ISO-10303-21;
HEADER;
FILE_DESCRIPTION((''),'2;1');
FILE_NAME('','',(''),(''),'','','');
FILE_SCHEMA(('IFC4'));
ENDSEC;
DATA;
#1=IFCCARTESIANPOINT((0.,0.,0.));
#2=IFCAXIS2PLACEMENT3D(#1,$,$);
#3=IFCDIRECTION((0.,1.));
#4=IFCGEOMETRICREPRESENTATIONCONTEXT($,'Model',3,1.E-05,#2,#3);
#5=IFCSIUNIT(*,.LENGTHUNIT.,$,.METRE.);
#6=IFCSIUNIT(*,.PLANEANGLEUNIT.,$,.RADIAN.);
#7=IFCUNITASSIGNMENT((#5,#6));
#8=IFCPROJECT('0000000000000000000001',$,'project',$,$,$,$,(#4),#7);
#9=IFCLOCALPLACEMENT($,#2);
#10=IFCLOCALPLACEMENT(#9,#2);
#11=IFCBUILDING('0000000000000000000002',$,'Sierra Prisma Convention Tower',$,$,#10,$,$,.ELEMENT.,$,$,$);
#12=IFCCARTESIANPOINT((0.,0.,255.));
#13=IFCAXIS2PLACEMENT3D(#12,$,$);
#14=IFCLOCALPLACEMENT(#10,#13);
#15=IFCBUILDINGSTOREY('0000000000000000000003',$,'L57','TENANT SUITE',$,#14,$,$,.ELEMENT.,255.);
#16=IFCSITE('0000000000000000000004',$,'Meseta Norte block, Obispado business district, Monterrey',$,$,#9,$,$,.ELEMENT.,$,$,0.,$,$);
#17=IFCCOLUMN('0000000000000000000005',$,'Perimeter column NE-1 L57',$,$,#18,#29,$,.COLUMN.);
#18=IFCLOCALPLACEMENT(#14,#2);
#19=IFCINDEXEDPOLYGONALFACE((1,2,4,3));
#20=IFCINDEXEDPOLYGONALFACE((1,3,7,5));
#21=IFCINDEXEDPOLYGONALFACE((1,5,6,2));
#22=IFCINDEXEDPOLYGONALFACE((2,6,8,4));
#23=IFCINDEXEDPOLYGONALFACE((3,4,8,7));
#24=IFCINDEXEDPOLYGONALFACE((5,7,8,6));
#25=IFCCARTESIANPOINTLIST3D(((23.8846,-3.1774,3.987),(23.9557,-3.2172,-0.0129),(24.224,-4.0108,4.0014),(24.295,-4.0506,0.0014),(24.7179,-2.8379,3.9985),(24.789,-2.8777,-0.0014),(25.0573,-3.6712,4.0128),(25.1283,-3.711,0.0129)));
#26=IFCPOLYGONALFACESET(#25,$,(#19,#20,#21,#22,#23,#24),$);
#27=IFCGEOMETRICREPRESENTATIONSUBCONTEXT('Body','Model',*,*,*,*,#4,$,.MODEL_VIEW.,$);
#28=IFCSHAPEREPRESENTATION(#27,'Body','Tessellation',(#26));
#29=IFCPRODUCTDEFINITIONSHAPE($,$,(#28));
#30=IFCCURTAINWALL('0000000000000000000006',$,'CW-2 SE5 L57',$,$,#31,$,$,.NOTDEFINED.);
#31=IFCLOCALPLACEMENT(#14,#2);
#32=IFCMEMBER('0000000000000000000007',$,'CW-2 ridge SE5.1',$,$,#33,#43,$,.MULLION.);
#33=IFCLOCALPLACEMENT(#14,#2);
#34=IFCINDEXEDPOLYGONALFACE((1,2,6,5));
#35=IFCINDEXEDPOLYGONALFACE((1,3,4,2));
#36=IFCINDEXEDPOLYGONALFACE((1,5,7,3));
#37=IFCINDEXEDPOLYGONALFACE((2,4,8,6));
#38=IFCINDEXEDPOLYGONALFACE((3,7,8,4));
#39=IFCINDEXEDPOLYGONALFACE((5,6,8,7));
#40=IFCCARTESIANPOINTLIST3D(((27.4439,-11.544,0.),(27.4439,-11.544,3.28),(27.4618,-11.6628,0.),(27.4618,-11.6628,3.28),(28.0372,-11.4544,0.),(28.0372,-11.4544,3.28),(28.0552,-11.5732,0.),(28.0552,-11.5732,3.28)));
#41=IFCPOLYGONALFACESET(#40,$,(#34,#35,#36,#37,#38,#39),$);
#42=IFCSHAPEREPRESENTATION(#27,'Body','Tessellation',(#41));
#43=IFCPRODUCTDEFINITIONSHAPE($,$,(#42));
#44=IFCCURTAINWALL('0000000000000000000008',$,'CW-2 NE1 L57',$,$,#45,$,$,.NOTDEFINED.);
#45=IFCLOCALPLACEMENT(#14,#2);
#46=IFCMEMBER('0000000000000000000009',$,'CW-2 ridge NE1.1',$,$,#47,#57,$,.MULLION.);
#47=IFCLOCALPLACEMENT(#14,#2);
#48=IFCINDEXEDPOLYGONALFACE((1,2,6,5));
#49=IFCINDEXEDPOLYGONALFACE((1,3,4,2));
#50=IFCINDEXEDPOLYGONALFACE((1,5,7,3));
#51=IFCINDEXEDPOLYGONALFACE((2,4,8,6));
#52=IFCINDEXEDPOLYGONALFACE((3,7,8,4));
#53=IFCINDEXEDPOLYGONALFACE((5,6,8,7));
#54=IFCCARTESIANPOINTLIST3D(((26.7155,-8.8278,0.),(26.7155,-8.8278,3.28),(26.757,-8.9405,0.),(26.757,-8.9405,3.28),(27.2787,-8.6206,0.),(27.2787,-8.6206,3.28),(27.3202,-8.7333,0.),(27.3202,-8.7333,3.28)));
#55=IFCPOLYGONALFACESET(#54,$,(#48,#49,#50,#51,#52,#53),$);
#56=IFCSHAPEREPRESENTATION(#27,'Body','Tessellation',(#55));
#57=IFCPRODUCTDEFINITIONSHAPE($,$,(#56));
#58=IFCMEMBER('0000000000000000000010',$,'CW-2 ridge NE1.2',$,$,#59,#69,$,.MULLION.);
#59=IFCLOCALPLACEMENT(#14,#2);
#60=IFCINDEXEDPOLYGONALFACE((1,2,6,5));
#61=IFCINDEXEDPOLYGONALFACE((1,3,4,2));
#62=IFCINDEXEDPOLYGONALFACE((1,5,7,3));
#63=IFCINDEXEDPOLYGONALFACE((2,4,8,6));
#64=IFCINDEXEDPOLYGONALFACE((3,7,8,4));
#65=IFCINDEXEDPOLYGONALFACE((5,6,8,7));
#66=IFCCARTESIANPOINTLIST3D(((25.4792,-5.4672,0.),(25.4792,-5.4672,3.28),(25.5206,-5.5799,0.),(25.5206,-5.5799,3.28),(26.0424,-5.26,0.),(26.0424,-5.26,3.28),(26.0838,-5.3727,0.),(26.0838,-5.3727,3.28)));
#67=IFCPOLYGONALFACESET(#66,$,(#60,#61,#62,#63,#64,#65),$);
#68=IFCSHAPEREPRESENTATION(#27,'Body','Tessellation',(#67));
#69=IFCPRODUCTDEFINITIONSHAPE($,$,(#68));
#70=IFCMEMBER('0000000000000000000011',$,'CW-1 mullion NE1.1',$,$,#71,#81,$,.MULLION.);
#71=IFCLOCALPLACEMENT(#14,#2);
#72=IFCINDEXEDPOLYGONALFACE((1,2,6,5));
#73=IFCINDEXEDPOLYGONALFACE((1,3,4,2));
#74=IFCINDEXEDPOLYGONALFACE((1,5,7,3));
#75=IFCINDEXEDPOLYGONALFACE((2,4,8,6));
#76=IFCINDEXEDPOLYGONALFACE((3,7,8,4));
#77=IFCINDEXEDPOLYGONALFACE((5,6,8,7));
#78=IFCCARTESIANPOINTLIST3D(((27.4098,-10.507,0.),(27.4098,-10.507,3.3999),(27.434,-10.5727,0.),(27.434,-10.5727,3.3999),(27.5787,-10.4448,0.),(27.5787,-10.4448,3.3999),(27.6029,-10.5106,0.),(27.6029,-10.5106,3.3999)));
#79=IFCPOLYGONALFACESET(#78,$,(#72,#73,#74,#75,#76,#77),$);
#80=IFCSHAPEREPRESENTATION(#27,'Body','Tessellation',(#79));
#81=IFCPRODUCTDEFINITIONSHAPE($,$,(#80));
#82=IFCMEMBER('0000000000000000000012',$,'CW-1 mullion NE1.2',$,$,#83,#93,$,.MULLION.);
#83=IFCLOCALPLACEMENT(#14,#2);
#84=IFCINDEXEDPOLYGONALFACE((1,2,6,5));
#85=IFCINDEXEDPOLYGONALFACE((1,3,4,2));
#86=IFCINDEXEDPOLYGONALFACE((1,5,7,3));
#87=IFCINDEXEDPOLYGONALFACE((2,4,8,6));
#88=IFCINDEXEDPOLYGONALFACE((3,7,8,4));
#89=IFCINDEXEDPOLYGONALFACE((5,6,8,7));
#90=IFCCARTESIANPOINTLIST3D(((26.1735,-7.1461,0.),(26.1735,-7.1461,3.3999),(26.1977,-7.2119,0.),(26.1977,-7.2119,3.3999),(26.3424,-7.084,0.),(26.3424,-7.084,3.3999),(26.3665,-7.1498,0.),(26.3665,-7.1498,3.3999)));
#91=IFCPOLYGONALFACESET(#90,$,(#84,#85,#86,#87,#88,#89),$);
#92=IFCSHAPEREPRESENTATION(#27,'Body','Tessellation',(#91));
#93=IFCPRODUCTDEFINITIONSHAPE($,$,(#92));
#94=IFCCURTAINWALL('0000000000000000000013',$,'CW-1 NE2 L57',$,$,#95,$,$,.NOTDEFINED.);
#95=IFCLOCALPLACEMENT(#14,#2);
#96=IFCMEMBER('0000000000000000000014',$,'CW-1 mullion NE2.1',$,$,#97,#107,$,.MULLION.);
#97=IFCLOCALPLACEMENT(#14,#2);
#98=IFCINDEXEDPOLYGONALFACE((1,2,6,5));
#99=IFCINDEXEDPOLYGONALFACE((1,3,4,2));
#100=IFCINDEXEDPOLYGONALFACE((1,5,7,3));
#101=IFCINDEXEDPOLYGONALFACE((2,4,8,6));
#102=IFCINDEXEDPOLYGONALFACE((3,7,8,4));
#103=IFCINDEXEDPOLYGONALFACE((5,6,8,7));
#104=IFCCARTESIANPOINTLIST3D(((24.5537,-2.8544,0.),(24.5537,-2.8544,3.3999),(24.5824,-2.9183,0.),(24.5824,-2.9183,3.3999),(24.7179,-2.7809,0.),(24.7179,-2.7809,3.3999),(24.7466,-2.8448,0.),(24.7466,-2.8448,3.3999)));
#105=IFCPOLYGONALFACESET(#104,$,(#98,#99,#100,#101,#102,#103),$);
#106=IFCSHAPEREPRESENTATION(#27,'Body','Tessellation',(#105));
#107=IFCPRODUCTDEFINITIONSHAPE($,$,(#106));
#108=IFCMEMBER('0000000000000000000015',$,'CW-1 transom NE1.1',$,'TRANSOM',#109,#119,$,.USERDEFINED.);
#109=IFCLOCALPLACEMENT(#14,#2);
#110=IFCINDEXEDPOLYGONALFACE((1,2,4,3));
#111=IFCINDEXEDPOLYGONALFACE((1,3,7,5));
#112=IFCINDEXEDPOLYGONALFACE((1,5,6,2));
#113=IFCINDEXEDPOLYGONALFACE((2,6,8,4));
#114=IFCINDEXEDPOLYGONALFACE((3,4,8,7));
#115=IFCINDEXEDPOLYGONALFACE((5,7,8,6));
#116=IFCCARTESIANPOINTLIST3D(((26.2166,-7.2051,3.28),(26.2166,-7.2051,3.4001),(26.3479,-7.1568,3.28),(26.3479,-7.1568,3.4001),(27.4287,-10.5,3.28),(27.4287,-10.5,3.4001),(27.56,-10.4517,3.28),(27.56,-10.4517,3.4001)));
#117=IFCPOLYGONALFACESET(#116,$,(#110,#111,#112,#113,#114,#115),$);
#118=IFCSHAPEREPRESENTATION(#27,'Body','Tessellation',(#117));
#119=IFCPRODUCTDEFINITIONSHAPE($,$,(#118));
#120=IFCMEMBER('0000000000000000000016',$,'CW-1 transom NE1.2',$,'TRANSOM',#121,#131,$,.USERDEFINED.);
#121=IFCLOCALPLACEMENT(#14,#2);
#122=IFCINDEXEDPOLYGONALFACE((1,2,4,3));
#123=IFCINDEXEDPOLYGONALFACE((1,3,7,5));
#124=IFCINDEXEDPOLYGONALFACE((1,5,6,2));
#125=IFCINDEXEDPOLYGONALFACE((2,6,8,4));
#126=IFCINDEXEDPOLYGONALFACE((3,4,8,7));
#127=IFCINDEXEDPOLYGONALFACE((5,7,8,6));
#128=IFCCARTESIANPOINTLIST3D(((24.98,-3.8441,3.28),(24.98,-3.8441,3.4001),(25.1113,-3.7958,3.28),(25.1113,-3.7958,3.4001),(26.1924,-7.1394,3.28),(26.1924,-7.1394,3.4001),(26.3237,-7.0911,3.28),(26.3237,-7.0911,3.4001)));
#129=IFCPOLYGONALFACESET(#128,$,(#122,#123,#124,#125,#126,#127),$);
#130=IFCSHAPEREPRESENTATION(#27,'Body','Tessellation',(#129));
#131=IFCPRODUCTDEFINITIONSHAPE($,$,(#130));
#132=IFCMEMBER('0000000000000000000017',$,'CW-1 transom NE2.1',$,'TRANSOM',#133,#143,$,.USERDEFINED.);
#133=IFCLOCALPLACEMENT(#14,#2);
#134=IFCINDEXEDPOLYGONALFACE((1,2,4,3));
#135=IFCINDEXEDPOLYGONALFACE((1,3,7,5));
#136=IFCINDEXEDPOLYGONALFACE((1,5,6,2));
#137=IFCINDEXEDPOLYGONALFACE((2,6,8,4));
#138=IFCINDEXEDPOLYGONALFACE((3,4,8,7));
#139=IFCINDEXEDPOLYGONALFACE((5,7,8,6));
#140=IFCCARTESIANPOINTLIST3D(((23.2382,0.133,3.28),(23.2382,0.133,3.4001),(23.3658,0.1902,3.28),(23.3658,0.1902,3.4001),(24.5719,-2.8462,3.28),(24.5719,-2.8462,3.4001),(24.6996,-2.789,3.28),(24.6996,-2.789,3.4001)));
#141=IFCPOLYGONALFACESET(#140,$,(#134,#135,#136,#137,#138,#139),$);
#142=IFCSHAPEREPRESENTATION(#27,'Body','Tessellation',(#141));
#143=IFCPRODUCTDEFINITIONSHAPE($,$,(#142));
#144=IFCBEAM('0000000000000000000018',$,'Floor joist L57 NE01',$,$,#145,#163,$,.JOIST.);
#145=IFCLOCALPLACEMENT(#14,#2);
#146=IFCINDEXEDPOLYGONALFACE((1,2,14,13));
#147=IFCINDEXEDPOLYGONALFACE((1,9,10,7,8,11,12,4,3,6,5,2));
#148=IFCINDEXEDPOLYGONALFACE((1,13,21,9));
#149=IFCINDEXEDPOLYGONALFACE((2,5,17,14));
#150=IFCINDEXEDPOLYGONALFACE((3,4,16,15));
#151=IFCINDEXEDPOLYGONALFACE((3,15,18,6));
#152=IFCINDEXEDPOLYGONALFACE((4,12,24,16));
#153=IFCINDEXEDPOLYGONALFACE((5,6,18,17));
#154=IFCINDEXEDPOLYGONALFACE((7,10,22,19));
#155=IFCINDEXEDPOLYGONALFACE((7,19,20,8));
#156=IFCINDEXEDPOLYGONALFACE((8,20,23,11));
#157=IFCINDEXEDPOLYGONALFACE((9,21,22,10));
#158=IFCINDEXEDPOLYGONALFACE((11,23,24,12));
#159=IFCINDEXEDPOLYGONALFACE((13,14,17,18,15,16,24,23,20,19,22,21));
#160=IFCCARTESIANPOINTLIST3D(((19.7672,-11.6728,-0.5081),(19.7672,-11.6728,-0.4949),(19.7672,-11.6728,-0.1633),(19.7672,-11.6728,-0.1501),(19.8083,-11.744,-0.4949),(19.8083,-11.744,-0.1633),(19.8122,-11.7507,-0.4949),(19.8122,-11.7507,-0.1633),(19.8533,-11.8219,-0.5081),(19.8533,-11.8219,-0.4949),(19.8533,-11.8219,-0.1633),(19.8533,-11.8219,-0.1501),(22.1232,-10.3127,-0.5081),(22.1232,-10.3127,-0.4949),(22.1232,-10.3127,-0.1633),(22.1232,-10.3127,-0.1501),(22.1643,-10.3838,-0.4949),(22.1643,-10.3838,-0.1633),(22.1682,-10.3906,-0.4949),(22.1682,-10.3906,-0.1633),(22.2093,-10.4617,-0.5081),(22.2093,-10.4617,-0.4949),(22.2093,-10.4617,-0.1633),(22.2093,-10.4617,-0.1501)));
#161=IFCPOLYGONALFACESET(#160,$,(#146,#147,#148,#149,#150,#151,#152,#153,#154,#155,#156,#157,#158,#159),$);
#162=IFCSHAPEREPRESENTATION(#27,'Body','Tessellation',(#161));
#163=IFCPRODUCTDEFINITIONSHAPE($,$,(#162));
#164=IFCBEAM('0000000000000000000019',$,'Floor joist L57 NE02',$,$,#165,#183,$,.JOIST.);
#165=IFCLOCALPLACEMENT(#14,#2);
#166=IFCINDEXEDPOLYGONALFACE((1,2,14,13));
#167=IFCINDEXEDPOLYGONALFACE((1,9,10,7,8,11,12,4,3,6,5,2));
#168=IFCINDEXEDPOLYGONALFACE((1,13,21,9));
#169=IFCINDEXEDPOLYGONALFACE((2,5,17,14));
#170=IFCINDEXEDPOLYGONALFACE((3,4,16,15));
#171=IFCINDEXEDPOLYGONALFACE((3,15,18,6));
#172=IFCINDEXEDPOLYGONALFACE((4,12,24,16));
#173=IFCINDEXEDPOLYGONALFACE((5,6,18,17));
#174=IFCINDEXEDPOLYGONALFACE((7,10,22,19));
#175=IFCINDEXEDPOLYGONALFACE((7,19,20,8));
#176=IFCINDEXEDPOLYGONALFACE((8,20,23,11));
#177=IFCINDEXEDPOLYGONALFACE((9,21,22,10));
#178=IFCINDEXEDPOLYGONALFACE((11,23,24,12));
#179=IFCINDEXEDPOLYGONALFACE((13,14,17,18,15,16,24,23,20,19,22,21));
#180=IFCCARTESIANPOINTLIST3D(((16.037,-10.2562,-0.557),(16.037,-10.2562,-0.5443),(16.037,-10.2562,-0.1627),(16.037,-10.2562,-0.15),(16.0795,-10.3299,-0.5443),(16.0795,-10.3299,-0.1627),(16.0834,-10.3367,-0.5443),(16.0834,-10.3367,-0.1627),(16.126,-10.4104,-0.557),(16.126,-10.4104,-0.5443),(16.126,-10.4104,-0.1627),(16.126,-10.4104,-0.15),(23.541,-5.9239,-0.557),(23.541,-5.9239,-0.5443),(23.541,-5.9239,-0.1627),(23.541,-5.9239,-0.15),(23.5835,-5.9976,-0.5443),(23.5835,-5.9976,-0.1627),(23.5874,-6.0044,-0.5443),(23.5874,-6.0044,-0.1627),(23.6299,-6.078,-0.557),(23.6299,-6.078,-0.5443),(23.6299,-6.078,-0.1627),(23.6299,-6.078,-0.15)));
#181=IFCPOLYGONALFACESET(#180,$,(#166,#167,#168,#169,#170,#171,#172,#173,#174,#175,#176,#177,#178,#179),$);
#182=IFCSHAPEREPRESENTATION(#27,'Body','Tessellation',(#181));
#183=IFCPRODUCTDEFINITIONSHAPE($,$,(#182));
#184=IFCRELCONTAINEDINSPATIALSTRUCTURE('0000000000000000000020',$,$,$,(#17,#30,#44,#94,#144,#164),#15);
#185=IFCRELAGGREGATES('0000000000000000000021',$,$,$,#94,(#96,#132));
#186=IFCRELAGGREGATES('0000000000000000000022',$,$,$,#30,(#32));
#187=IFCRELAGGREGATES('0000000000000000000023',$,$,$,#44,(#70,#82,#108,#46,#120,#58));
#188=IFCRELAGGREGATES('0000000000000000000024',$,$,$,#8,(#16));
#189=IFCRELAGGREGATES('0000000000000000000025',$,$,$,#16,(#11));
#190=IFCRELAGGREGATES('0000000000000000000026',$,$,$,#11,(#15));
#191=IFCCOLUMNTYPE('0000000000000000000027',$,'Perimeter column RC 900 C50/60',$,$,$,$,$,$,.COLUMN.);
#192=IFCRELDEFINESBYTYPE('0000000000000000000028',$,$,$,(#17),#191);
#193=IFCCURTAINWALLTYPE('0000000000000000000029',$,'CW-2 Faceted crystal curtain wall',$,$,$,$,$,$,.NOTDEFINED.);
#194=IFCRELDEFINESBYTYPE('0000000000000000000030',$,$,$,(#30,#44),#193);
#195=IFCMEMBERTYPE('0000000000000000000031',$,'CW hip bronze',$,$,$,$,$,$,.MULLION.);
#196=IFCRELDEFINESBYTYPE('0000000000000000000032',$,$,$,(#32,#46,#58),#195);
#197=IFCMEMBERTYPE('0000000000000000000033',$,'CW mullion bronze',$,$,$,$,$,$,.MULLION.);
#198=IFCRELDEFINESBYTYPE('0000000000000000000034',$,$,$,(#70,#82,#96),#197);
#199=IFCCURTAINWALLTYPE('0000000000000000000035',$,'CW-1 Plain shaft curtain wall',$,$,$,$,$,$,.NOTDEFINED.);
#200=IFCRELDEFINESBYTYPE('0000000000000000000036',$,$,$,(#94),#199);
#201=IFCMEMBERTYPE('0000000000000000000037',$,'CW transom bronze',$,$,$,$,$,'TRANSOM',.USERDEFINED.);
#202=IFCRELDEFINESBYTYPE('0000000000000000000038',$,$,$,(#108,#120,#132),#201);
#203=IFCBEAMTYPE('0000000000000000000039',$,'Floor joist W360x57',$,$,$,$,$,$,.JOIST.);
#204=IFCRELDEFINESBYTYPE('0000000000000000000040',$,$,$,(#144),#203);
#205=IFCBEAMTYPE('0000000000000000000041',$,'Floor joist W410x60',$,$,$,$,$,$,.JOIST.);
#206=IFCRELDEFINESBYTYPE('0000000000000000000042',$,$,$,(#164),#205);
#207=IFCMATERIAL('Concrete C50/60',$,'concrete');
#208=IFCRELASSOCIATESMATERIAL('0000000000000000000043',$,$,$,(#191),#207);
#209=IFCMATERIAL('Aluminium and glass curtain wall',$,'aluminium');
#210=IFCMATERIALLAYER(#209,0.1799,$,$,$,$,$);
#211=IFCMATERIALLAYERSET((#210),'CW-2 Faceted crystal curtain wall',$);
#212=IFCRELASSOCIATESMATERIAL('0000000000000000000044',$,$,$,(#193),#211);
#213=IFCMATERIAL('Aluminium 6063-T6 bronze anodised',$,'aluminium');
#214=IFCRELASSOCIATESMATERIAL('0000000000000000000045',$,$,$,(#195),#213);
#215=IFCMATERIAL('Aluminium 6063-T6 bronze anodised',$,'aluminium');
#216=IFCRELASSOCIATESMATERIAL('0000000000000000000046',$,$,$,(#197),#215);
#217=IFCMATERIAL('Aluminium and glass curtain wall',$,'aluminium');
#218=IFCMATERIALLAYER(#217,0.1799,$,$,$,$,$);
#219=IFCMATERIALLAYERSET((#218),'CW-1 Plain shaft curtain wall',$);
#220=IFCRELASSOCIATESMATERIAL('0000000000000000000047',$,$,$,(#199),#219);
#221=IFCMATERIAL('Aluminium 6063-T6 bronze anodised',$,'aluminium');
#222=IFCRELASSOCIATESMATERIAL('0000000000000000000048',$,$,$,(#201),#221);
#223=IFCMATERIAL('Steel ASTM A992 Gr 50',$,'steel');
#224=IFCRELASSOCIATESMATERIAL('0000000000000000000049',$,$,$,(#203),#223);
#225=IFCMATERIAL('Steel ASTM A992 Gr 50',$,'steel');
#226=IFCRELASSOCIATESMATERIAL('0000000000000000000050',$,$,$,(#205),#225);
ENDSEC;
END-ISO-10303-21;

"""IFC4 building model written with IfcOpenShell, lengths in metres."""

from ifc_helpers import new_model, si_unit, direction, frame, origin, origin_2d, place, context, subcontext, project, spatial, rectangle, i_section, extrude, material, layer, layer_set, material_profile, profile_set, type_object, element, aggregate, save


model = new_model("IFC4")

# Units and contexts
model_context = context("Model", 3, precision=1e-05, world=origin(), true_north=direction((0.0, 1.0)))
body_context = subcontext(model_context, "Body", "Model", "MODEL_VIEW")
ifc_project = project(units=[si_unit("LENGTHUNIT", "METRE"), si_unit("PLANEANGLEUNIT", "RADIAN")], contexts=[model_context])

# Site, building, storey
site_placement = place(None, origin())
site = spatial("IfcSite", under=ifc_project, at=site_placement, Name="Meseta Norte block, Obispado business district, Monterrey", CompositionType="ELEMENT", RefElevation=0.0)
building_placement = place(site_placement, origin())
building = spatial("IfcBuilding", under=site, at=building_placement, Name="Sierra Prisma Convention Tower", CompositionType="ELEMENT")
storey_placement = place(building_placement, frame((0.0, 0.0, 255.0)))
storey = spatial("IfcBuildingStorey", under=building, at=storey_placement, Name="L57", Description="TENANT SUITE", CompositionType="ELEMENT", Elevation=255.0)

# Column
ifc_material_1 = material(Name="Concrete C50/60", Category="concrete")
ifc_material_profile_1 = material_profile(ifc_material_1, rectangle(XDim=0.8999, YDim=0.8999, at=origin_2d()), Name="Perimeter column RC 900 C50/60")
ifc_profile_set_1 = profile_set([ifc_material_profile_1], Name="Concrete C50/60")
column_type = type_object("IfcColumnType", Name="Perimeter column RC 900 C50/60", PredefinedType="COLUMN", material=ifc_profile_set_1)
column_placement = place(storey_placement, frame((24.542, -3.4641, 0.0), z_axis=(-0.017758, 0.009947, 0.999793), x_axis=(-0.377115, 0.92603, -0.015911)))
element("IfcColumn", 1, at=column_placement, inside=storey, type_object=column_type, Name="Perimeter column NE-1 L57", PredefinedType="COLUMN", context=body_context, shape_type="SweptSolid", body=[
    extrude(rectangle(XDim=0.8999, YDim=0.8999, at=origin_2d()), origin(), (0.0, 0.0, 1.0), 4.0007),
])

# Curtain wall, member
ifc_material_2 = material(Name="Aluminium and glass curtain wall", Category="aluminium")
ifc_layer_1 = layer(ifc_material_2, 0.1799)
ifc_layer_set_1 = layer_set([ifc_layer_1], Name="CW-2 Faceted crystal curtain wall")
curtain_wall_type_1 = type_object("IfcCurtainWallType", Name="CW-2 Faceted crystal curtain wall", PredefinedType="NOTDEFINED", material=ifc_layer_set_1)
curtain_wall_1_placement = place(storey_placement, origin())
curtain_wall_1 = element("IfcCurtainWall", 2, at=curtain_wall_1_placement, inside=storey, type_object=curtain_wall_type_1, Name="CW-2 SE5 L57", PredefinedType="NOTDEFINED")
ifc_material_3 = material(Name="Aluminium 6063-T6 bronze anodised", Category="aluminium")
ifc_material_profile_2 = material_profile(ifc_material_3, rectangle(XDim=0.1201, YDim=0.6001, at=origin_2d()), Name="ALU RIDGE BLADE 120x600")
ifc_profile_set_2 = profile_set([ifc_material_profile_2], Name="Aluminium 6063-T6 bronze anodised")
member_type_1 = type_object("IfcMemberType", Name="CW hip bronze", PredefinedType="MULLION", material=ifc_profile_set_2)
member_1_placement = place(storey_placement, frame((27.7495, -11.5586, 0.0), z_axis=(0.0, 0.0, 1.0), x_axis=(-0.149373, 0.988781, 0.0)))
member_1 = element("IfcMember", 3, at=member_1_placement, type_object=member_type_1, Name="CW-2 ridge SE5.1", PredefinedType="MULLION", context=body_context, shape_type="SweptSolid", body=[
    extrude(rectangle(XDim=0.1201, YDim=0.6001, at=origin_2d()), origin(), (0.0, 0.0, 1.0), 3.28),
])

# Curtain wall, members
curtain_wall_2_placement = place(storey_placement, origin())
curtain_wall_2 = element("IfcCurtainWall", 4, at=curtain_wall_2_placement, inside=storey, type_object=curtain_wall_type_1, Name="CW-2 NE1 L57", PredefinedType="NOTDEFINED")
member_2_placement = place(storey_placement, frame((27.0178, -8.7805, 0.0), z_axis=(0.0, 0.0, 1.0), x_axis=(-0.345274, 0.938502, 0.0)))
member_2 = element("IfcMember", 5, at=member_2_placement, type_object=member_type_1, Name="CW-2 ridge NE1.1", PredefinedType="MULLION", context=body_context, shape_type="SweptSolid", body=[
    extrude(rectangle(XDim=0.1201, YDim=0.6001, at=origin_2d()), origin(), (0.0, 0.0, 1.0), 3.28),
])
member_3_placement = place(storey_placement, frame((25.7815, -5.4199, 0.0), z_axis=(0.0, 0.0, 1.0), x_axis=(-0.345274, 0.938502, 0.0)))
member_3 = element("IfcMember", 6, at=member_3_placement, type_object=member_type_1, Name="CW-2 ridge NE1.2", PredefinedType="MULLION", context=body_context, shape_type="SweptSolid", body=[
    extrude(rectangle(XDim=0.1201, YDim=0.6001, at=origin_2d()), origin(), (0.0, 0.0, 1.0), 3.28),
])
ifc_material_4 = material(Name="Aluminium 6063-T6 bronze anodised", Category="aluminium")
ifc_material_profile_3 = material_profile(ifc_material_4, rectangle(XDim=0.1799, YDim=0.0701, at=origin_2d()), Name="ALU MULLION 70x180")
ifc_profile_set_3 = profile_set([ifc_material_profile_3], Name="Aluminium 6063-T6 bronze anodised")
member_type_2 = type_object("IfcMemberType", Name="CW mullion bronze", PredefinedType="MULLION", material=ifc_profile_set_3)
member_4_placement = place(storey_placement, frame((27.5063, -10.5088, 0.0), z_axis=(0.0, 0.0, 1.0), x_axis=(-0.938502, -0.345274, 0.0)))
member_4 = element("IfcMember", 7, at=member_4_placement, type_object=member_type_2, Name="CW-1 mullion NE1.1", PredefinedType="MULLION", context=body_context, shape_type="SweptSolid", body=[
    extrude(rectangle(XDim=0.1799, YDim=0.0701, at=origin_2d()), origin(), (0.0, 0.0, 1.0), 3.3999),
])
member_5_placement = place(storey_placement, frame((26.27, -7.1479, 0.0), z_axis=(0.0, 0.0, 1.0), x_axis=(-0.938502, -0.345274, 0.0)))
member_5 = element("IfcMember", 8, at=member_5_placement, type_object=member_type_2, Name="CW-1 mullion NE1.2", PredefinedType="MULLION", context=body_context, shape_type="SweptSolid", body=[
    extrude(rectangle(XDim=0.1799, YDim=0.0701, at=origin_2d()), origin(), (0.0, 0.0, 1.0), 3.3999),
])

# Curtain wall, member
ifc_material_5 = material(Name="Aluminium and glass curtain wall", Category="aluminium")
ifc_layer_2 = layer(ifc_material_5, 0.1799)
ifc_layer_set_2 = layer_set([ifc_layer_2], Name="CW-1 Plain shaft curtain wall")
curtain_wall_type_2 = type_object("IfcCurtainWallType", Name="CW-1 Plain shaft curtain wall", PredefinedType="NOTDEFINED", material=ifc_layer_set_2)
curtain_wall_3_placement = place(storey_placement, origin())
curtain_wall_3 = element("IfcCurtainWall", 9, at=curtain_wall_3_placement, inside=storey, type_object=curtain_wall_type_2, Name="CW-1 NE2 L57", PredefinedType="NOTDEFINED")
member_6_placement = place(storey_placement, frame((24.6501, -2.8496, 0.0), z_axis=(0.0, 0.0, 1.0), x_axis=(-0.912698, -0.408635, 0.0)))
member_6 = element("IfcMember", 10, at=member_6_placement, type_object=member_type_2, Name="CW-1 mullion NE2.1", PredefinedType="MULLION", context=body_context, shape_type="SweptSolid", body=[
    extrude(rectangle(XDim=0.1799, YDim=0.0701, at=origin_2d()), origin(), (0.0, 0.0, 1.0), 3.3999),
])

# Members
ifc_material_6 = material(Name="Aluminium 6063-T6 bronze anodised", Category="aluminium")
ifc_material_profile_4 = material_profile(ifc_material_6, rectangle(XDim=0.1399, YDim=0.1201, at=origin_2d()), Name="ALU TRANSOM 120x140")
ifc_profile_set_4 = profile_set([ifc_material_profile_4], Name="Aluminium 6063-T6 bronze anodised")
member_type_3 = type_object("IfcMemberType", Name="CW transom bronze", ElementType="TRANSOM", PredefinedType="USERDEFINED", material=ifc_profile_set_4)
member_7_placement = place(storey_placement, frame((27.4944, -10.4758, 3.3401), z_axis=(-0.345264, 0.938506, 0.0), x_axis=(-0.938506, -0.345264, 0.0)))
member_7 = element("IfcMember", 11, at=member_7_placement, type_object=member_type_3, Name="CW-1 transom NE1.1", ObjectType="TRANSOM", PredefinedType="USERDEFINED", context=body_context, shape_type="SweptSolid", body=[
    extrude(rectangle(XDim=0.1399, YDim=0.1201, at=origin_2d()), origin(), (0.0, 0.0, 1.0), 3.5107),
])
member_8_placement = place(storey_placement, frame((26.2581, -7.1152, 3.3401), z_axis=(-0.345303, 0.938491, 0.0), x_axis=(-0.938491, -0.345303, 0.0)))
member_8 = element("IfcMember", 12, at=member_8_placement, type_object=member_type_3, Name="CW-1 transom NE1.2", ObjectType="TRANSOM", PredefinedType="USERDEFINED", context=body_context, shape_type="SweptSolid", body=[
    extrude(rectangle(XDim=0.1399, YDim=0.1201, at=origin_2d()), origin(), (0.0, 0.0, 1.0), 3.5112),
])
member_9_placement = place(storey_placement, frame((24.6357, -2.8176, 3.3401), z_axis=(-0.408601, 0.912713, 0.0), x_axis=(-0.912713, -0.408601, 0.0)))
member_9 = element("IfcMember", 13, at=member_9_placement, type_object=member_type_3, Name="CW-1 transom NE2.1", ObjectType="TRANSOM", PredefinedType="USERDEFINED", context=body_context, shape_type="SweptSolid", body=[
    extrude(rectangle(XDim=0.1399, YDim=0.1201, at=origin_2d()), origin(), (0.0, 0.0, 1.0), 3.2642),
])
aggregate(curtain_wall_3, [member_6, member_9])

# Beams
ifc_material_7 = material(Name="Steel ASTM A992 Gr 50", Category="steel")
ifc_material_profile_5 = material_profile(ifc_material_7, i_section(OverallWidth=0.1721, OverallDepth=0.3579, WebThickness=0.0078, FlangeThickness=0.0132, at=origin_2d()), Name="W360x57")
ifc_profile_set_5 = profile_set([ifc_material_profile_5], Name="Steel ASTM A992 Gr 50")
beam_type_1 = type_object("IfcBeamType", Name="Floor joist W360x57", PredefinedType="JOIST", material=ifc_profile_set_5)
beam_1_placement = place(storey_placement, frame((22.1663, -10.3872, -0.3291), z_axis=(-0.866042, -0.499971, 0.0), x_axis=(0.499971, -0.866042, 0.0)))
element("IfcBeam", 14, at=beam_1_placement, inside=storey, type_object=beam_type_1, Name="Floor joist L57 NE01", PredefinedType="JOIST", context=body_context, shape_type="SweptSolid", body=[
    extrude(i_section(OverallWidth=0.1721, OverallDepth=0.3579, WebThickness=0.0078, FlangeThickness=0.0132, at=origin_2d()), origin(), (0.0, 0.0, 1.0), 2.7205),
])
ifc_material_8 = material(Name="Steel ASTM A992 Gr 50", Category="steel")
ifc_material_profile_6 = material_profile(ifc_material_8, i_section(OverallWidth=0.178, OverallDepth=0.407, WebThickness=0.0078, FlangeThickness=0.0127, at=origin_2d()), Name="W410x60")
ifc_profile_set_6 = profile_set([ifc_material_profile_6], Name="Steel ASTM A992 Gr 50")
beam_type_2 = type_object("IfcBeamType", Name="Floor joist W410x60", PredefinedType="JOIST", material=ifc_profile_set_6)
beam_2_placement = place(storey_placement, frame((23.5854, -6.001, -0.3535), z_axis=(-0.866031, -0.499991, 0.0), x_axis=(0.499991, -0.866031, 0.0)))
element("IfcBeam", 15, at=beam_2_placement, inside=storey, type_object=beam_type_2, Name="Floor joist L57 NE02", PredefinedType="JOIST", context=body_context, shape_type="SweptSolid", body=[
    extrude(i_section(OverallWidth=0.178, OverallDepth=0.407, WebThickness=0.0078, FlangeThickness=0.0127, at=origin_2d()), origin(), (0.0, 0.0, 1.0), 8.6648),
])

aggregate(curtain_wall_1, [member_1])
aggregate(curtain_wall_2, [member_4, member_5, member_7, member_2, member_8, member_3])

save(model, "model.ifc")
